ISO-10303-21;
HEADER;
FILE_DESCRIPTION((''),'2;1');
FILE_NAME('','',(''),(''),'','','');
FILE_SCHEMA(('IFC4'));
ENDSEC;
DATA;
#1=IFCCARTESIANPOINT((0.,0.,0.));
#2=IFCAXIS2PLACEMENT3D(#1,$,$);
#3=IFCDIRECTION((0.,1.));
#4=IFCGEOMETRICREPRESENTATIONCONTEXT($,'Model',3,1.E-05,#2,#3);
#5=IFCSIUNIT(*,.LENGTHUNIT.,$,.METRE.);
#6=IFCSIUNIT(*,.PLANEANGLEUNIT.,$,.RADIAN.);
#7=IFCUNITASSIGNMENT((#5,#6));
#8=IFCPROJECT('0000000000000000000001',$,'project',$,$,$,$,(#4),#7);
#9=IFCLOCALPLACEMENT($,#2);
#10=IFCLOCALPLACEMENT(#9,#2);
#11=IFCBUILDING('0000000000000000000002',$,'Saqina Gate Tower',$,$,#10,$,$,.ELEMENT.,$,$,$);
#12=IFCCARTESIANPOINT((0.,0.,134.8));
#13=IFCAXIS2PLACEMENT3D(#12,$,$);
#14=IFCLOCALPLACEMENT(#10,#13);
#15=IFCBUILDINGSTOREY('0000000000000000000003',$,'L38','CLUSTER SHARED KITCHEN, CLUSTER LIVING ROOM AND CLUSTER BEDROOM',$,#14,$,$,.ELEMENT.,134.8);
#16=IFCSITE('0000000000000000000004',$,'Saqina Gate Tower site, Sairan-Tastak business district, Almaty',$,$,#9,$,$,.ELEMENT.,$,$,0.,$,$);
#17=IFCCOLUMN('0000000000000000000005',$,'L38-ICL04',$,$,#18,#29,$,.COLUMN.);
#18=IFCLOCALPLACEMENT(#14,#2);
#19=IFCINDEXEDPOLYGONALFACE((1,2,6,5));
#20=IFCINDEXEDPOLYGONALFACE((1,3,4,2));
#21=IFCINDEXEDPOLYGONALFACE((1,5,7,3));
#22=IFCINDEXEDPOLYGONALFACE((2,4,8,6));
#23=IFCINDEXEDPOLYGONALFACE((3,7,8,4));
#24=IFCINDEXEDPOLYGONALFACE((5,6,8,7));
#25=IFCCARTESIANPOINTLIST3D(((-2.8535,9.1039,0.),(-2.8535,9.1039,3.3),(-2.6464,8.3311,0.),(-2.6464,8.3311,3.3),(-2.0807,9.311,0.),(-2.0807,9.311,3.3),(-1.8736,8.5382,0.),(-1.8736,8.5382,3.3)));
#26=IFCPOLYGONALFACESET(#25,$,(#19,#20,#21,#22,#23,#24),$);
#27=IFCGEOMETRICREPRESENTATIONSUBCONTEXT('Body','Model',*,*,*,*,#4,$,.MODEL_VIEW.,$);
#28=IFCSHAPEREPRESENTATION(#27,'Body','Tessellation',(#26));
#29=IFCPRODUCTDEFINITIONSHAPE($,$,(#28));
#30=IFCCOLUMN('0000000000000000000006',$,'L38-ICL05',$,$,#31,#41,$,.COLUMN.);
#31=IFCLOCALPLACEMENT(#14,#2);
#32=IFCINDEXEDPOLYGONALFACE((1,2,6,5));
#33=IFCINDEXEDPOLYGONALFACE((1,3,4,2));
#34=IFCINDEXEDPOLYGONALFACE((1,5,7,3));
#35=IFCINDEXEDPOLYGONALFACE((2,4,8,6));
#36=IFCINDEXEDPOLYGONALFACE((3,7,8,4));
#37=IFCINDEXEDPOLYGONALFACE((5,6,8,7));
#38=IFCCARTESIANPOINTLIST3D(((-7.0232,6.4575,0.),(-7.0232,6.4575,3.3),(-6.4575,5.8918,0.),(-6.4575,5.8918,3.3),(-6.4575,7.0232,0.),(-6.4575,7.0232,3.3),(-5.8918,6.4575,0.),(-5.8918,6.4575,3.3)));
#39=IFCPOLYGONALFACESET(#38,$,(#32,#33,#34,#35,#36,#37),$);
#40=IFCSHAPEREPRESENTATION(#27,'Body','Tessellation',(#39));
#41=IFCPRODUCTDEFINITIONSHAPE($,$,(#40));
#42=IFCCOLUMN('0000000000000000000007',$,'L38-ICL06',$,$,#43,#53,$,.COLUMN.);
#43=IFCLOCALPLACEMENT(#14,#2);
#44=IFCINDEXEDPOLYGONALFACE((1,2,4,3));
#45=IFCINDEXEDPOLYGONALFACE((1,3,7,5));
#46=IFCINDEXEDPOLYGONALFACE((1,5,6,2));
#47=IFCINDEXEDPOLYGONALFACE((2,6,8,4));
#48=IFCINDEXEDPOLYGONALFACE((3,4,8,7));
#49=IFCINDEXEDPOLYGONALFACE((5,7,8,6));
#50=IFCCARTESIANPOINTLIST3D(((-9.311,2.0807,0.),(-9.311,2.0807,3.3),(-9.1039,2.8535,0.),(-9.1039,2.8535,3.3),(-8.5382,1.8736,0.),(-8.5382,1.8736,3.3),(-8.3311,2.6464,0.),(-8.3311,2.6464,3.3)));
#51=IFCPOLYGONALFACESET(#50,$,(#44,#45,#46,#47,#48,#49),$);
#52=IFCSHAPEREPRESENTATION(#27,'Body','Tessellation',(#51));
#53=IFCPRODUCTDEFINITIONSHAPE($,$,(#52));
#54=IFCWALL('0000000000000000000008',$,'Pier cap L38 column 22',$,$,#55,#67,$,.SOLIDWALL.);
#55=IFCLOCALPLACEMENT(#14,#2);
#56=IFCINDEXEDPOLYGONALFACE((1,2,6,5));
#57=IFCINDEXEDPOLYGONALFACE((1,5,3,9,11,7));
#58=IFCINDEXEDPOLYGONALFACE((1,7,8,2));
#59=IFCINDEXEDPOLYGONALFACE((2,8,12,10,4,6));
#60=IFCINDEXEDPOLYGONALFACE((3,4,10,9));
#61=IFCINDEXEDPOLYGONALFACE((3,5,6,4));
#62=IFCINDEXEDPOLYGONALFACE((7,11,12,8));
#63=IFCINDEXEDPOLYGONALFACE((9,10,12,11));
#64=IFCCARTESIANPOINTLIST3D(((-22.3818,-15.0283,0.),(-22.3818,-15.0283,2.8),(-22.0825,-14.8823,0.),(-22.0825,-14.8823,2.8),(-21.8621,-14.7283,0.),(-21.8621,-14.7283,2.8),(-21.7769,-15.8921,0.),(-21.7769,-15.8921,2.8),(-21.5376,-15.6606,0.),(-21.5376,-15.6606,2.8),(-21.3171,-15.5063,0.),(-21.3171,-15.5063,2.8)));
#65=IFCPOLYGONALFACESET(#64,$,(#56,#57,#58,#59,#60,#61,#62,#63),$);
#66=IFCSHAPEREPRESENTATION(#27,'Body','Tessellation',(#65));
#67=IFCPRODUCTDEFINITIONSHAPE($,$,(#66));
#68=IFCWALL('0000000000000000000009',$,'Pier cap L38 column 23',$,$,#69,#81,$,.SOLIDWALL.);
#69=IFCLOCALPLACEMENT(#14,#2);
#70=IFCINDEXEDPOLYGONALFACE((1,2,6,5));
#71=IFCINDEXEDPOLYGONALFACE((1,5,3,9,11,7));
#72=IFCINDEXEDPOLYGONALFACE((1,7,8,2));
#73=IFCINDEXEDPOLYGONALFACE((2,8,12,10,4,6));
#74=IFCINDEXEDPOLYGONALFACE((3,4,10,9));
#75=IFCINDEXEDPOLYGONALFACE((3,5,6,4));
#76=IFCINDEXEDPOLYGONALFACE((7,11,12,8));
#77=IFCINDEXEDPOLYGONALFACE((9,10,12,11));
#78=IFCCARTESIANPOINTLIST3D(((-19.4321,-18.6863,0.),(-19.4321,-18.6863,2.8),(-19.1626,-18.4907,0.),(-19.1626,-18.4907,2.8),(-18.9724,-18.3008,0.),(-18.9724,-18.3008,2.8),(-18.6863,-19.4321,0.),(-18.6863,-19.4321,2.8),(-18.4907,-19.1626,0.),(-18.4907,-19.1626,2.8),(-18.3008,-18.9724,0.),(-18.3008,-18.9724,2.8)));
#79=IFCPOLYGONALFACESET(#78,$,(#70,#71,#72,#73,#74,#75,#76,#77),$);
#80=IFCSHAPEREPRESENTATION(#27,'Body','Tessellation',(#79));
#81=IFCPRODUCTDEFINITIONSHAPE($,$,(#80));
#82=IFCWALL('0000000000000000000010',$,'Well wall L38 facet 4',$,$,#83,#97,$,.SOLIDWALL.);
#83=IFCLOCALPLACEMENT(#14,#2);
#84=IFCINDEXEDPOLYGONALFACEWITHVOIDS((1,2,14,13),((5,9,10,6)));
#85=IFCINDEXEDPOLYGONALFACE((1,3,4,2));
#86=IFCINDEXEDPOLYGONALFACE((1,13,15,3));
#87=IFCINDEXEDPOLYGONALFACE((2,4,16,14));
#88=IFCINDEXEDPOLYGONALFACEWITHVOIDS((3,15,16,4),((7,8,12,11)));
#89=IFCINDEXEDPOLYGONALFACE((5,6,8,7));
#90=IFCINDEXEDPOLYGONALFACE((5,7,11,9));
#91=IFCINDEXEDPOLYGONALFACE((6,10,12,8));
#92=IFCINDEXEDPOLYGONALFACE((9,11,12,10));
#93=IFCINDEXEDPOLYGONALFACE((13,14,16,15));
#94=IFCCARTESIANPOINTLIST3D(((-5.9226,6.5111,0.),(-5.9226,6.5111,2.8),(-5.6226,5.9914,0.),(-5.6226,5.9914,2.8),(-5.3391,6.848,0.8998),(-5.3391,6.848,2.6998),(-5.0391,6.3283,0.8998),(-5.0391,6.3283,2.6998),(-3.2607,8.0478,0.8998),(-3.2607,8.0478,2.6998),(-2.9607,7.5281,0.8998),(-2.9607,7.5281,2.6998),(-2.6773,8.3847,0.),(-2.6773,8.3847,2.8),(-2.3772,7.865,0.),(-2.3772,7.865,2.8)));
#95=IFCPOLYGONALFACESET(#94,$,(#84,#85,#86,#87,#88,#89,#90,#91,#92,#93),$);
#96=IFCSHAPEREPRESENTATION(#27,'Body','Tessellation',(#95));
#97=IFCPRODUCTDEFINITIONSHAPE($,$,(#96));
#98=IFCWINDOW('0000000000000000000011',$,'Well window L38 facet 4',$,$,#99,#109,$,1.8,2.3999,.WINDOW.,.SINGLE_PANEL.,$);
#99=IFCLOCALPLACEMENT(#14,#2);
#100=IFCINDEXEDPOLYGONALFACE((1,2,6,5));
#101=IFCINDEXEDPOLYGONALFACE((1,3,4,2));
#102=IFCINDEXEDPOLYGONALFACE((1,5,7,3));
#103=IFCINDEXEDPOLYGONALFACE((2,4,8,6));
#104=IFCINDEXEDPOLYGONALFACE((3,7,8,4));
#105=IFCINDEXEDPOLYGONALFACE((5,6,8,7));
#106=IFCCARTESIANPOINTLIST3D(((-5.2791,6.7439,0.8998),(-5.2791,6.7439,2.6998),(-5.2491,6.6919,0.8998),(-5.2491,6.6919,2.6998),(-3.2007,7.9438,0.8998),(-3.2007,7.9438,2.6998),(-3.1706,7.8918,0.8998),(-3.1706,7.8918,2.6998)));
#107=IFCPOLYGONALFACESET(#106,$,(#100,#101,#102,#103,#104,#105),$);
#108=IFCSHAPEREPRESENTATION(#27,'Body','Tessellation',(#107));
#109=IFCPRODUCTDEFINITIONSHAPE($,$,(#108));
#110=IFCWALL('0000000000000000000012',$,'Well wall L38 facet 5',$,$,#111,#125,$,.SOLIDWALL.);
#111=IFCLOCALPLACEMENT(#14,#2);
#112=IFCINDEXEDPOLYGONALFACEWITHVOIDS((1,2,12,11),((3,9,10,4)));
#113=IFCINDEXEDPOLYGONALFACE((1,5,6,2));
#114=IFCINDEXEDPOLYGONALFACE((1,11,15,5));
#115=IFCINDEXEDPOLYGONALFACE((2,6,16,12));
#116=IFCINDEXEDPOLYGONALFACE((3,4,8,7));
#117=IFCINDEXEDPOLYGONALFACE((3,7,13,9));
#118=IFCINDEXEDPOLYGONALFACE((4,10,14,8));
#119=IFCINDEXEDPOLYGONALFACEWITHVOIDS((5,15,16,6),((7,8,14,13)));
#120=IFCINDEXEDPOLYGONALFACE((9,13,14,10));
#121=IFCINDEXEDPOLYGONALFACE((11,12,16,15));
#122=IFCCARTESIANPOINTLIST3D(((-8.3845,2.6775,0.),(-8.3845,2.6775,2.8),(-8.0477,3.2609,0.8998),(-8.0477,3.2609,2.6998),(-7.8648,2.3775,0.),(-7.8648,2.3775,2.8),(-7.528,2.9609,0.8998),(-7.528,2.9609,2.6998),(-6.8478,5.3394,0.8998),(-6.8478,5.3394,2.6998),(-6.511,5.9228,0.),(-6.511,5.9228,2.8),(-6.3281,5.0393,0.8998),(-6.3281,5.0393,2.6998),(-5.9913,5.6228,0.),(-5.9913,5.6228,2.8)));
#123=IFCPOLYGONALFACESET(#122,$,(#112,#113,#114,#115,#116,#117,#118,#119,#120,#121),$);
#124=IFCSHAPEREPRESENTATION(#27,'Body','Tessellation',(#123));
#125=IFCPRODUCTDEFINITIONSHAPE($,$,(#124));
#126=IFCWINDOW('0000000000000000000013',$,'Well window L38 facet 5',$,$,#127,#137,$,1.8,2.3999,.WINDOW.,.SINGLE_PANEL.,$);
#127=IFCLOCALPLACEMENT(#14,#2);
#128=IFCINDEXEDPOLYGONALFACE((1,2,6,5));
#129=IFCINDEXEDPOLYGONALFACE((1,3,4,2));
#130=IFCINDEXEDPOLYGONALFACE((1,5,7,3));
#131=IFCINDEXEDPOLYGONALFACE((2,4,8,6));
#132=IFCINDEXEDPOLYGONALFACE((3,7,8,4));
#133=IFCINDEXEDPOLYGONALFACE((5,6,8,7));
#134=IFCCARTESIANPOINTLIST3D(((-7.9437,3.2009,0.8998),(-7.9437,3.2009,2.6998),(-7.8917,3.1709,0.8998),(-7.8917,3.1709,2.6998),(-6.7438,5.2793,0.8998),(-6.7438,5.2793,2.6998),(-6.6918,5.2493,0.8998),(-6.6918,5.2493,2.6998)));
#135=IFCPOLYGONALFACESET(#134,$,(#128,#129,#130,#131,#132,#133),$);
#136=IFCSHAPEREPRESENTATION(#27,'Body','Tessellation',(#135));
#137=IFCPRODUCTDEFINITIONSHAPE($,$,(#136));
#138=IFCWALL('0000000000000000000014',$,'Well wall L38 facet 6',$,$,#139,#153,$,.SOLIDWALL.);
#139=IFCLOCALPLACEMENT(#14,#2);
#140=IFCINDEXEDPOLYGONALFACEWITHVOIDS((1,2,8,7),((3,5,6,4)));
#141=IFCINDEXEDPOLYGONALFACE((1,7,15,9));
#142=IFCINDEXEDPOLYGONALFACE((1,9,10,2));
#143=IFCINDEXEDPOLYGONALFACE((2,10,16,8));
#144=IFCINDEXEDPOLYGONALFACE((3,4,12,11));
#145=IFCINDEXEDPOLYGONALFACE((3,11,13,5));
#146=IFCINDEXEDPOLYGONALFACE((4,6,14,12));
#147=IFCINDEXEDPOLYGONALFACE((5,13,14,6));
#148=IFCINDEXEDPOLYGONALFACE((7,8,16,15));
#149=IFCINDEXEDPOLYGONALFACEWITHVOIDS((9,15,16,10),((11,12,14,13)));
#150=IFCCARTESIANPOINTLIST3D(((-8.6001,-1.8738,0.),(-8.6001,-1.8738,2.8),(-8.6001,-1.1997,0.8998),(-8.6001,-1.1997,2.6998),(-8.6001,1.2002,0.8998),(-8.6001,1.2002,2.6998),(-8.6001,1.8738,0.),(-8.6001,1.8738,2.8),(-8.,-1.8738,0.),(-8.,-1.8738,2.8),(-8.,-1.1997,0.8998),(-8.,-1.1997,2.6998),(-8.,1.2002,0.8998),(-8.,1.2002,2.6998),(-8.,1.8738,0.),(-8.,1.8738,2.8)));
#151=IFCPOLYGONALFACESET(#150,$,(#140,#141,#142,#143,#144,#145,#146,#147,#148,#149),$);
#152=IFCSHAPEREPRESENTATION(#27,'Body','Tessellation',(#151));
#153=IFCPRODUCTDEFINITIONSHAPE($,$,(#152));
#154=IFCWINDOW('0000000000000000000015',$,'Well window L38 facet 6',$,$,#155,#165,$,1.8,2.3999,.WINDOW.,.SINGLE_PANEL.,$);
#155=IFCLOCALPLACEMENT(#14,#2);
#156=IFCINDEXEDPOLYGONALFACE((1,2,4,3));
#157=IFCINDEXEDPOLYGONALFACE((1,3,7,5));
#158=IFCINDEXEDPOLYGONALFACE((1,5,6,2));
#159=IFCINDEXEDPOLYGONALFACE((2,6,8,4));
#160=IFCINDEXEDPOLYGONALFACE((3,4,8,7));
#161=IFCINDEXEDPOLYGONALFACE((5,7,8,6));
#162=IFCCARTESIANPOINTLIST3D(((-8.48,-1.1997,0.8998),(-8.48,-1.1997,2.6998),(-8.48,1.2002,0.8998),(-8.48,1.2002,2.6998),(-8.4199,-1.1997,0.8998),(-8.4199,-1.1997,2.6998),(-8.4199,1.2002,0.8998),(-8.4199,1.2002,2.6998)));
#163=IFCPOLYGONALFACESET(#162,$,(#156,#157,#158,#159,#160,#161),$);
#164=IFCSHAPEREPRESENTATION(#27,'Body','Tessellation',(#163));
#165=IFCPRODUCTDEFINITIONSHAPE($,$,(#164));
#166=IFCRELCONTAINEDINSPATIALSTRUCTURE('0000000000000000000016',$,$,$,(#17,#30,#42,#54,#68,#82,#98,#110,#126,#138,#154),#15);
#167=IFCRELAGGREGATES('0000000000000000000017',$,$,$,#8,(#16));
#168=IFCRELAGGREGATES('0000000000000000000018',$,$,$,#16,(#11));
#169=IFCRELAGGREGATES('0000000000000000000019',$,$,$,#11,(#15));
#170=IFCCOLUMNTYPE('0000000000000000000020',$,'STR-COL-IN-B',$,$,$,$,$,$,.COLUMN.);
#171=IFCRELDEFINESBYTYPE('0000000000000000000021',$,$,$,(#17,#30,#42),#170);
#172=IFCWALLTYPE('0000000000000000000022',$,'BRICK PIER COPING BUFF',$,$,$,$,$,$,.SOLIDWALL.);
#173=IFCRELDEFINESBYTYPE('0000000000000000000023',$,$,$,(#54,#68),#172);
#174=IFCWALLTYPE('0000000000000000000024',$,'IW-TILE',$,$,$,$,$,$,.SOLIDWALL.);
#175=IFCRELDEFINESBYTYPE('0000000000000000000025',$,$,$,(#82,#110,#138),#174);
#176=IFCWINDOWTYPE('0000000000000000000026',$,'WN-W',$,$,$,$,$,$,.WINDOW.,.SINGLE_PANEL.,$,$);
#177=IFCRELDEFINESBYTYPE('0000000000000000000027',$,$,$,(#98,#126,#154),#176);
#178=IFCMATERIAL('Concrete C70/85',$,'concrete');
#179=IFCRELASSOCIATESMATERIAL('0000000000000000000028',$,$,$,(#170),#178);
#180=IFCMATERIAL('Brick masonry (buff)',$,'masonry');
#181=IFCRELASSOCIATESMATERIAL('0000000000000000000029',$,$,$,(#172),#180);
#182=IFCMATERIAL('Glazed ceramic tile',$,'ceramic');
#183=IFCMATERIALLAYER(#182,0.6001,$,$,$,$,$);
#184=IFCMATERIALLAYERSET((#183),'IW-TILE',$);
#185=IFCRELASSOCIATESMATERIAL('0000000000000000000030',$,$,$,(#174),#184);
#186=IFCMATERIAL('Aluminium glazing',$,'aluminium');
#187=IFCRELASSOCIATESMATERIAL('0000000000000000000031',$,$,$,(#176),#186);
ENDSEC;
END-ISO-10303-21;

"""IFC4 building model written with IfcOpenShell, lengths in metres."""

from ifc_helpers import new_model, si_unit, direction, frame, frame_2d, origin, origin_2d, place, context, subcontext, project, spatial, polyline, rectangle, outline, extrude, material, layer, layer_set, material_profile, profile_set, type_object, element, fill, save


model = new_model("IFC4")

# Units and contexts
model_context = context("Model", 3, precision=1e-05, world=origin(), true_north=direction((0.0, 1.0)))
body_context = subcontext(model_context, "Body", "Model", "MODEL_VIEW")
ifc_project = project(units=[si_unit("LENGTHUNIT", "METRE"), si_unit("PLANEANGLEUNIT", "RADIAN")], contexts=[model_context])

# Site, building, storey
site_placement = place(None, origin())
site = spatial("IfcSite", under=ifc_project, at=site_placement, Name="Saqina Gate Tower site, Sairan-Tastak business district, Almaty", CompositionType="ELEMENT", RefElevation=0.0)
building_placement = place(site_placement, origin())
building = spatial("IfcBuilding", under=site, at=building_placement, Name="Saqina Gate Tower", CompositionType="ELEMENT")
storey_placement = place(building_placement, frame((0.0, 0.0, 134.8)))
storey = spatial("IfcBuildingStorey", under=building, at=storey_placement, Name="L38", Description="CLUSTER SHARED KITCHEN, CLUSTER LIVING ROOM AND CLUSTER BEDROOM", CompositionType="ELEMENT", Elevation=134.8)

# Columns
ifc_material_1 = material(Name="Concrete C70/85", Category="concrete")
ifc_material_profile = material_profile(ifc_material_1, rectangle(XDim=0.8, YDim=0.8, at=origin_2d()), Name="RC 800x800")
ifc_profile_set = profile_set([ifc_material_profile], Name="Concrete C70/85")
column_type = type_object("IfcColumnType", Name="STR-COL-IN-B", PredefinedType="COLUMN", material=ifc_profile_set)
for number, where, z_axis, x_axis, name in (
    (1, (-2.3635, 8.821, 0.0), (0.0, 0.0, 1.0), (-0.258819, 0.965926, 0.0), "L38-ICL04"),
    (2, (-6.4575, 6.4575, 0.0), (0.0, 0.0, 1.0), (-0.707107, 0.707107, 0.0), "L38-ICL05"),
    (3, (-8.821, 2.3635, 0.0), (0.0, 0.0, 1.0), (-0.965926, 0.258819, 0.0), "L38-ICL06"),
):
    element("IfcColumn", number, at=place(storey_placement, frame(where, z_axis=z_axis, x_axis=x_axis)), inside=storey, type_object=column_type, Name=name, PredefinedType="COLUMN", context=body_context, shape_type="SweptSolid", body=[
        extrude(rectangle(XDim=0.8, YDim=0.8, at=origin_2d()), origin(), (0.0, 0.0, 1.0), 3.3),
    ])

# Walls
ifc_material_2 = material(Name="Brick masonry (buff)", Category="masonry")
wall_type_1 = type_object("IfcWallType", Name="BRICK PIER COPING BUFF", PredefinedType="SOLIDWALL", material=ifc_material_2)
wall_1_placement = place(storey_placement, origin())
element("IfcWall", 4, at=wall_1_placement, inside=storey, type_object=wall_type_1, Name="Pier cap L38 column 22", PredefinedType="SOLIDWALL", context=body_context, shape_type="SweptSolid", body=[
    extrude(outline(polyline([(-21.7769, -15.8921), (-21.3171, -15.5063), (-21.5376, -15.6606), (-22.0825, -14.8823), (-21.8621, -14.7283), (-22.3818, -15.0283), (-21.7769, -15.8921)])), origin(), (0.0, 0.0, 1.0), 2.8),
])
wall_2_placement = place(storey_placement, origin())
element("IfcWall", 5, at=wall_2_placement, inside=storey, type_object=wall_type_1, Name="Pier cap L38 column 23", PredefinedType="SOLIDWALL", context=body_context, shape_type="SweptSolid", body=[
    extrude(outline(polyline([(-19.4321, -18.6863), (-18.6863, -19.4321), (-18.3008, -18.9724), (-18.4907, -19.1626), (-19.1626, -18.4907), (-18.9724, -18.3008), (-19.4321, -18.6863)])), origin(), (0.0, 0.0, 1.0), 2.8),
])

# Walls, openings, windows
ifc_material_3 = material(Name="Glazed ceramic tile", Category="ceramic")
ifc_layer_1 = layer(ifc_material_3, 0.6001)
ifc_layer_set_1 = layer_set([ifc_layer_1], Name="IW-TILE")
wall_type_2 = type_object("IfcWallType", Name="IW-TILE", PredefinedType="SOLIDWALL", material=ifc_layer_set_1)
wall_3_placement = place(storey_placement, frame((-2.5273, 8.1248, 0.0), z_axis=(0.0, 0.0, 1.0), x_axis=(-0.866046, -0.499965, 0.0)))
wall_3 = element("IfcWall", 6, at=wall_3_placement, inside=storey, type_object=wall_type_2, Name="Well wall L38 facet 4", PredefinedType="SOLIDWALL", context=body_context, shape_type="SweptSolid", body=[
    extrude(rectangle(XDim=3.7473, YDim=0.6001, at=frame_2d((1.8735, 0.0))), origin(), (0.0, 0.0, 1.0), 2.8),
])
opening_1_placement = place(wall_3_placement, frame((0.6736, 0.0, 0.8999)))
opening_1 = element("IfcOpeningElement", 7, at=opening_1_placement, cuts=wall_3, PredefinedType="OPENING", context=body_context, shape_type="SweptSolid", body=[
    extrude(rectangle(XDim=2.3999, YDim=1.8, at=frame_2d((1.2, 0.8999))), frame((0.0, 0.312, 0.0), z_axis=(0.0, -1.0, 0.0), x_axis=(1.0, 0.0, 0.0)), (0.0, 0.0, 1.0), 0.624),
])
ifc_material_4 = material(Name="Aluminium glazing", Category="aluminium")
window_type = type_object("IfcWindowType", Name="WN-W", PartitioningType="SINGLE_PANEL", PredefinedType="WINDOW", material=ifc_material_4)
window_1_placement = place(opening_1_placement, origin())
window_1 = element("IfcWindow", 8, at=window_1_placement, inside=storey, type_object=window_type, Name="Well window L38 facet 4", OverallHeight=1.8, OverallWidth=2.3999, PartitioningType="SINGLE_PANEL", PredefinedType="WINDOW", context=body_context, shape_type="SweptSolid", body=[
    extrude(rectangle(XDim=2.3999, YDim=1.8, at=frame_2d((1.2, 0.8999))), frame((0.0, -0.1199, 0.0), z_axis=(0.0, -1.0, 0.0), x_axis=(1.0, 0.0, 0.0)), (0.0, 0.0, 1.0), 0.0601),
])
fill(opening_1, window_1)
wall_4_placement = place(storey_placement, frame((-6.2512, 5.7727, 0.0), z_axis=(0.0, 0.0, 1.0), x_axis=(-0.499965, -0.866046, 0.0)))
wall_4 = element("IfcWall", 9, at=wall_4_placement, inside=storey, type_object=wall_type_2, Name="Well wall L38 facet 5", PredefinedType="SOLIDWALL", context=body_context, shape_type="SweptSolid", body=[
    extrude(rectangle(XDim=3.7473, YDim=0.6001, at=frame_2d((1.8735, 0.0))), origin(), (0.0, 0.0, 1.0), 2.8),
])
opening_2_placement = place(wall_4_placement, frame((0.6736, 0.0, 0.8999)))
opening_2 = element("IfcOpeningElement", 10, at=opening_2_placement, cuts=wall_4, PredefinedType="OPENING", context=body_context, shape_type="SweptSolid", body=[
    extrude(rectangle(XDim=2.3999, YDim=1.8, at=frame_2d((1.2, 0.8999))), frame((0.0, 0.312, 0.0), z_axis=(0.0, -1.0, 0.0), x_axis=(1.0, 0.0, 0.0)), (0.0, 0.0, 1.0), 0.624),
])
window_2_placement = place(opening_2_placement, origin())
window_2 = element("IfcWindow", 11, at=window_2_placement, inside=storey, type_object=window_type, Name="Well window L38 facet 5", OverallHeight=1.8, OverallWidth=2.3999, PartitioningType="SINGLE_PANEL", PredefinedType="WINDOW", context=body_context, shape_type="SweptSolid", body=[
    extrude(rectangle(XDim=2.3999, YDim=1.8, at=frame_2d((1.2, 0.8999))), frame((0.0, -0.1199, 0.0), z_axis=(0.0, -1.0, 0.0), x_axis=(1.0, 0.0, 0.0)), (0.0, 0.0, 1.0), 0.0601),
])
fill(opening_2, window_2)
wall_5_placement = place(storey_placement, frame((-8.3, 1.8738, 0.0), z_axis=(0.0, 0.0, 1.0), x_axis=(0.0, -1.0, 0.0)))
wall_5 = element("IfcWall", 12, at=wall_5_placement, inside=storey, type_object=wall_type_2, Name="Well wall L38 facet 6", PredefinedType="SOLIDWALL", context=body_context, shape_type="SweptSolid", body=[
    extrude(rectangle(XDim=3.7476, YDim=0.6001, at=frame_2d((1.8738, 0.0))), origin(), (0.0, 0.0, 1.0), 2.8),
])
opening_3_placement = place(wall_5_placement, frame((0.6736, 0.0, 0.8999)))
opening_3 = element("IfcOpeningElement", 13, at=opening_3_placement, cuts=wall_5, PredefinedType="OPENING", context=body_context, shape_type="SweptSolid", body=[
    extrude(rectangle(XDim=2.3999, YDim=1.8, at=frame_2d((1.2, 0.8999))), frame((0.0, 0.312, 0.0), z_axis=(0.0, -1.0, 0.0), x_axis=(1.0, 0.0, 0.0)), (0.0, 0.0, 1.0), 0.624),
])
window_3_placement = place(opening_3_placement, origin())
window_3 = element("IfcWindow", 14, at=window_3_placement, inside=storey, type_object=window_type, Name="Well window L38 facet 6", OverallHeight=1.8, OverallWidth=2.3999, PartitioningType="SINGLE_PANEL", PredefinedType="WINDOW", context=body_context, shape_type="SweptSolid", body=[
    extrude(rectangle(XDim=2.3999, YDim=1.8, at=frame_2d((1.2, 0.8999))), frame((0.0, -0.1199, 0.0), z_axis=(0.0, -1.0, 0.0), x_axis=(1.0, 0.0, 0.0)), (0.0, 0.0, 1.0), 0.0601),
])
fill(opening_3, window_3)

save(model, "model.ifc")
